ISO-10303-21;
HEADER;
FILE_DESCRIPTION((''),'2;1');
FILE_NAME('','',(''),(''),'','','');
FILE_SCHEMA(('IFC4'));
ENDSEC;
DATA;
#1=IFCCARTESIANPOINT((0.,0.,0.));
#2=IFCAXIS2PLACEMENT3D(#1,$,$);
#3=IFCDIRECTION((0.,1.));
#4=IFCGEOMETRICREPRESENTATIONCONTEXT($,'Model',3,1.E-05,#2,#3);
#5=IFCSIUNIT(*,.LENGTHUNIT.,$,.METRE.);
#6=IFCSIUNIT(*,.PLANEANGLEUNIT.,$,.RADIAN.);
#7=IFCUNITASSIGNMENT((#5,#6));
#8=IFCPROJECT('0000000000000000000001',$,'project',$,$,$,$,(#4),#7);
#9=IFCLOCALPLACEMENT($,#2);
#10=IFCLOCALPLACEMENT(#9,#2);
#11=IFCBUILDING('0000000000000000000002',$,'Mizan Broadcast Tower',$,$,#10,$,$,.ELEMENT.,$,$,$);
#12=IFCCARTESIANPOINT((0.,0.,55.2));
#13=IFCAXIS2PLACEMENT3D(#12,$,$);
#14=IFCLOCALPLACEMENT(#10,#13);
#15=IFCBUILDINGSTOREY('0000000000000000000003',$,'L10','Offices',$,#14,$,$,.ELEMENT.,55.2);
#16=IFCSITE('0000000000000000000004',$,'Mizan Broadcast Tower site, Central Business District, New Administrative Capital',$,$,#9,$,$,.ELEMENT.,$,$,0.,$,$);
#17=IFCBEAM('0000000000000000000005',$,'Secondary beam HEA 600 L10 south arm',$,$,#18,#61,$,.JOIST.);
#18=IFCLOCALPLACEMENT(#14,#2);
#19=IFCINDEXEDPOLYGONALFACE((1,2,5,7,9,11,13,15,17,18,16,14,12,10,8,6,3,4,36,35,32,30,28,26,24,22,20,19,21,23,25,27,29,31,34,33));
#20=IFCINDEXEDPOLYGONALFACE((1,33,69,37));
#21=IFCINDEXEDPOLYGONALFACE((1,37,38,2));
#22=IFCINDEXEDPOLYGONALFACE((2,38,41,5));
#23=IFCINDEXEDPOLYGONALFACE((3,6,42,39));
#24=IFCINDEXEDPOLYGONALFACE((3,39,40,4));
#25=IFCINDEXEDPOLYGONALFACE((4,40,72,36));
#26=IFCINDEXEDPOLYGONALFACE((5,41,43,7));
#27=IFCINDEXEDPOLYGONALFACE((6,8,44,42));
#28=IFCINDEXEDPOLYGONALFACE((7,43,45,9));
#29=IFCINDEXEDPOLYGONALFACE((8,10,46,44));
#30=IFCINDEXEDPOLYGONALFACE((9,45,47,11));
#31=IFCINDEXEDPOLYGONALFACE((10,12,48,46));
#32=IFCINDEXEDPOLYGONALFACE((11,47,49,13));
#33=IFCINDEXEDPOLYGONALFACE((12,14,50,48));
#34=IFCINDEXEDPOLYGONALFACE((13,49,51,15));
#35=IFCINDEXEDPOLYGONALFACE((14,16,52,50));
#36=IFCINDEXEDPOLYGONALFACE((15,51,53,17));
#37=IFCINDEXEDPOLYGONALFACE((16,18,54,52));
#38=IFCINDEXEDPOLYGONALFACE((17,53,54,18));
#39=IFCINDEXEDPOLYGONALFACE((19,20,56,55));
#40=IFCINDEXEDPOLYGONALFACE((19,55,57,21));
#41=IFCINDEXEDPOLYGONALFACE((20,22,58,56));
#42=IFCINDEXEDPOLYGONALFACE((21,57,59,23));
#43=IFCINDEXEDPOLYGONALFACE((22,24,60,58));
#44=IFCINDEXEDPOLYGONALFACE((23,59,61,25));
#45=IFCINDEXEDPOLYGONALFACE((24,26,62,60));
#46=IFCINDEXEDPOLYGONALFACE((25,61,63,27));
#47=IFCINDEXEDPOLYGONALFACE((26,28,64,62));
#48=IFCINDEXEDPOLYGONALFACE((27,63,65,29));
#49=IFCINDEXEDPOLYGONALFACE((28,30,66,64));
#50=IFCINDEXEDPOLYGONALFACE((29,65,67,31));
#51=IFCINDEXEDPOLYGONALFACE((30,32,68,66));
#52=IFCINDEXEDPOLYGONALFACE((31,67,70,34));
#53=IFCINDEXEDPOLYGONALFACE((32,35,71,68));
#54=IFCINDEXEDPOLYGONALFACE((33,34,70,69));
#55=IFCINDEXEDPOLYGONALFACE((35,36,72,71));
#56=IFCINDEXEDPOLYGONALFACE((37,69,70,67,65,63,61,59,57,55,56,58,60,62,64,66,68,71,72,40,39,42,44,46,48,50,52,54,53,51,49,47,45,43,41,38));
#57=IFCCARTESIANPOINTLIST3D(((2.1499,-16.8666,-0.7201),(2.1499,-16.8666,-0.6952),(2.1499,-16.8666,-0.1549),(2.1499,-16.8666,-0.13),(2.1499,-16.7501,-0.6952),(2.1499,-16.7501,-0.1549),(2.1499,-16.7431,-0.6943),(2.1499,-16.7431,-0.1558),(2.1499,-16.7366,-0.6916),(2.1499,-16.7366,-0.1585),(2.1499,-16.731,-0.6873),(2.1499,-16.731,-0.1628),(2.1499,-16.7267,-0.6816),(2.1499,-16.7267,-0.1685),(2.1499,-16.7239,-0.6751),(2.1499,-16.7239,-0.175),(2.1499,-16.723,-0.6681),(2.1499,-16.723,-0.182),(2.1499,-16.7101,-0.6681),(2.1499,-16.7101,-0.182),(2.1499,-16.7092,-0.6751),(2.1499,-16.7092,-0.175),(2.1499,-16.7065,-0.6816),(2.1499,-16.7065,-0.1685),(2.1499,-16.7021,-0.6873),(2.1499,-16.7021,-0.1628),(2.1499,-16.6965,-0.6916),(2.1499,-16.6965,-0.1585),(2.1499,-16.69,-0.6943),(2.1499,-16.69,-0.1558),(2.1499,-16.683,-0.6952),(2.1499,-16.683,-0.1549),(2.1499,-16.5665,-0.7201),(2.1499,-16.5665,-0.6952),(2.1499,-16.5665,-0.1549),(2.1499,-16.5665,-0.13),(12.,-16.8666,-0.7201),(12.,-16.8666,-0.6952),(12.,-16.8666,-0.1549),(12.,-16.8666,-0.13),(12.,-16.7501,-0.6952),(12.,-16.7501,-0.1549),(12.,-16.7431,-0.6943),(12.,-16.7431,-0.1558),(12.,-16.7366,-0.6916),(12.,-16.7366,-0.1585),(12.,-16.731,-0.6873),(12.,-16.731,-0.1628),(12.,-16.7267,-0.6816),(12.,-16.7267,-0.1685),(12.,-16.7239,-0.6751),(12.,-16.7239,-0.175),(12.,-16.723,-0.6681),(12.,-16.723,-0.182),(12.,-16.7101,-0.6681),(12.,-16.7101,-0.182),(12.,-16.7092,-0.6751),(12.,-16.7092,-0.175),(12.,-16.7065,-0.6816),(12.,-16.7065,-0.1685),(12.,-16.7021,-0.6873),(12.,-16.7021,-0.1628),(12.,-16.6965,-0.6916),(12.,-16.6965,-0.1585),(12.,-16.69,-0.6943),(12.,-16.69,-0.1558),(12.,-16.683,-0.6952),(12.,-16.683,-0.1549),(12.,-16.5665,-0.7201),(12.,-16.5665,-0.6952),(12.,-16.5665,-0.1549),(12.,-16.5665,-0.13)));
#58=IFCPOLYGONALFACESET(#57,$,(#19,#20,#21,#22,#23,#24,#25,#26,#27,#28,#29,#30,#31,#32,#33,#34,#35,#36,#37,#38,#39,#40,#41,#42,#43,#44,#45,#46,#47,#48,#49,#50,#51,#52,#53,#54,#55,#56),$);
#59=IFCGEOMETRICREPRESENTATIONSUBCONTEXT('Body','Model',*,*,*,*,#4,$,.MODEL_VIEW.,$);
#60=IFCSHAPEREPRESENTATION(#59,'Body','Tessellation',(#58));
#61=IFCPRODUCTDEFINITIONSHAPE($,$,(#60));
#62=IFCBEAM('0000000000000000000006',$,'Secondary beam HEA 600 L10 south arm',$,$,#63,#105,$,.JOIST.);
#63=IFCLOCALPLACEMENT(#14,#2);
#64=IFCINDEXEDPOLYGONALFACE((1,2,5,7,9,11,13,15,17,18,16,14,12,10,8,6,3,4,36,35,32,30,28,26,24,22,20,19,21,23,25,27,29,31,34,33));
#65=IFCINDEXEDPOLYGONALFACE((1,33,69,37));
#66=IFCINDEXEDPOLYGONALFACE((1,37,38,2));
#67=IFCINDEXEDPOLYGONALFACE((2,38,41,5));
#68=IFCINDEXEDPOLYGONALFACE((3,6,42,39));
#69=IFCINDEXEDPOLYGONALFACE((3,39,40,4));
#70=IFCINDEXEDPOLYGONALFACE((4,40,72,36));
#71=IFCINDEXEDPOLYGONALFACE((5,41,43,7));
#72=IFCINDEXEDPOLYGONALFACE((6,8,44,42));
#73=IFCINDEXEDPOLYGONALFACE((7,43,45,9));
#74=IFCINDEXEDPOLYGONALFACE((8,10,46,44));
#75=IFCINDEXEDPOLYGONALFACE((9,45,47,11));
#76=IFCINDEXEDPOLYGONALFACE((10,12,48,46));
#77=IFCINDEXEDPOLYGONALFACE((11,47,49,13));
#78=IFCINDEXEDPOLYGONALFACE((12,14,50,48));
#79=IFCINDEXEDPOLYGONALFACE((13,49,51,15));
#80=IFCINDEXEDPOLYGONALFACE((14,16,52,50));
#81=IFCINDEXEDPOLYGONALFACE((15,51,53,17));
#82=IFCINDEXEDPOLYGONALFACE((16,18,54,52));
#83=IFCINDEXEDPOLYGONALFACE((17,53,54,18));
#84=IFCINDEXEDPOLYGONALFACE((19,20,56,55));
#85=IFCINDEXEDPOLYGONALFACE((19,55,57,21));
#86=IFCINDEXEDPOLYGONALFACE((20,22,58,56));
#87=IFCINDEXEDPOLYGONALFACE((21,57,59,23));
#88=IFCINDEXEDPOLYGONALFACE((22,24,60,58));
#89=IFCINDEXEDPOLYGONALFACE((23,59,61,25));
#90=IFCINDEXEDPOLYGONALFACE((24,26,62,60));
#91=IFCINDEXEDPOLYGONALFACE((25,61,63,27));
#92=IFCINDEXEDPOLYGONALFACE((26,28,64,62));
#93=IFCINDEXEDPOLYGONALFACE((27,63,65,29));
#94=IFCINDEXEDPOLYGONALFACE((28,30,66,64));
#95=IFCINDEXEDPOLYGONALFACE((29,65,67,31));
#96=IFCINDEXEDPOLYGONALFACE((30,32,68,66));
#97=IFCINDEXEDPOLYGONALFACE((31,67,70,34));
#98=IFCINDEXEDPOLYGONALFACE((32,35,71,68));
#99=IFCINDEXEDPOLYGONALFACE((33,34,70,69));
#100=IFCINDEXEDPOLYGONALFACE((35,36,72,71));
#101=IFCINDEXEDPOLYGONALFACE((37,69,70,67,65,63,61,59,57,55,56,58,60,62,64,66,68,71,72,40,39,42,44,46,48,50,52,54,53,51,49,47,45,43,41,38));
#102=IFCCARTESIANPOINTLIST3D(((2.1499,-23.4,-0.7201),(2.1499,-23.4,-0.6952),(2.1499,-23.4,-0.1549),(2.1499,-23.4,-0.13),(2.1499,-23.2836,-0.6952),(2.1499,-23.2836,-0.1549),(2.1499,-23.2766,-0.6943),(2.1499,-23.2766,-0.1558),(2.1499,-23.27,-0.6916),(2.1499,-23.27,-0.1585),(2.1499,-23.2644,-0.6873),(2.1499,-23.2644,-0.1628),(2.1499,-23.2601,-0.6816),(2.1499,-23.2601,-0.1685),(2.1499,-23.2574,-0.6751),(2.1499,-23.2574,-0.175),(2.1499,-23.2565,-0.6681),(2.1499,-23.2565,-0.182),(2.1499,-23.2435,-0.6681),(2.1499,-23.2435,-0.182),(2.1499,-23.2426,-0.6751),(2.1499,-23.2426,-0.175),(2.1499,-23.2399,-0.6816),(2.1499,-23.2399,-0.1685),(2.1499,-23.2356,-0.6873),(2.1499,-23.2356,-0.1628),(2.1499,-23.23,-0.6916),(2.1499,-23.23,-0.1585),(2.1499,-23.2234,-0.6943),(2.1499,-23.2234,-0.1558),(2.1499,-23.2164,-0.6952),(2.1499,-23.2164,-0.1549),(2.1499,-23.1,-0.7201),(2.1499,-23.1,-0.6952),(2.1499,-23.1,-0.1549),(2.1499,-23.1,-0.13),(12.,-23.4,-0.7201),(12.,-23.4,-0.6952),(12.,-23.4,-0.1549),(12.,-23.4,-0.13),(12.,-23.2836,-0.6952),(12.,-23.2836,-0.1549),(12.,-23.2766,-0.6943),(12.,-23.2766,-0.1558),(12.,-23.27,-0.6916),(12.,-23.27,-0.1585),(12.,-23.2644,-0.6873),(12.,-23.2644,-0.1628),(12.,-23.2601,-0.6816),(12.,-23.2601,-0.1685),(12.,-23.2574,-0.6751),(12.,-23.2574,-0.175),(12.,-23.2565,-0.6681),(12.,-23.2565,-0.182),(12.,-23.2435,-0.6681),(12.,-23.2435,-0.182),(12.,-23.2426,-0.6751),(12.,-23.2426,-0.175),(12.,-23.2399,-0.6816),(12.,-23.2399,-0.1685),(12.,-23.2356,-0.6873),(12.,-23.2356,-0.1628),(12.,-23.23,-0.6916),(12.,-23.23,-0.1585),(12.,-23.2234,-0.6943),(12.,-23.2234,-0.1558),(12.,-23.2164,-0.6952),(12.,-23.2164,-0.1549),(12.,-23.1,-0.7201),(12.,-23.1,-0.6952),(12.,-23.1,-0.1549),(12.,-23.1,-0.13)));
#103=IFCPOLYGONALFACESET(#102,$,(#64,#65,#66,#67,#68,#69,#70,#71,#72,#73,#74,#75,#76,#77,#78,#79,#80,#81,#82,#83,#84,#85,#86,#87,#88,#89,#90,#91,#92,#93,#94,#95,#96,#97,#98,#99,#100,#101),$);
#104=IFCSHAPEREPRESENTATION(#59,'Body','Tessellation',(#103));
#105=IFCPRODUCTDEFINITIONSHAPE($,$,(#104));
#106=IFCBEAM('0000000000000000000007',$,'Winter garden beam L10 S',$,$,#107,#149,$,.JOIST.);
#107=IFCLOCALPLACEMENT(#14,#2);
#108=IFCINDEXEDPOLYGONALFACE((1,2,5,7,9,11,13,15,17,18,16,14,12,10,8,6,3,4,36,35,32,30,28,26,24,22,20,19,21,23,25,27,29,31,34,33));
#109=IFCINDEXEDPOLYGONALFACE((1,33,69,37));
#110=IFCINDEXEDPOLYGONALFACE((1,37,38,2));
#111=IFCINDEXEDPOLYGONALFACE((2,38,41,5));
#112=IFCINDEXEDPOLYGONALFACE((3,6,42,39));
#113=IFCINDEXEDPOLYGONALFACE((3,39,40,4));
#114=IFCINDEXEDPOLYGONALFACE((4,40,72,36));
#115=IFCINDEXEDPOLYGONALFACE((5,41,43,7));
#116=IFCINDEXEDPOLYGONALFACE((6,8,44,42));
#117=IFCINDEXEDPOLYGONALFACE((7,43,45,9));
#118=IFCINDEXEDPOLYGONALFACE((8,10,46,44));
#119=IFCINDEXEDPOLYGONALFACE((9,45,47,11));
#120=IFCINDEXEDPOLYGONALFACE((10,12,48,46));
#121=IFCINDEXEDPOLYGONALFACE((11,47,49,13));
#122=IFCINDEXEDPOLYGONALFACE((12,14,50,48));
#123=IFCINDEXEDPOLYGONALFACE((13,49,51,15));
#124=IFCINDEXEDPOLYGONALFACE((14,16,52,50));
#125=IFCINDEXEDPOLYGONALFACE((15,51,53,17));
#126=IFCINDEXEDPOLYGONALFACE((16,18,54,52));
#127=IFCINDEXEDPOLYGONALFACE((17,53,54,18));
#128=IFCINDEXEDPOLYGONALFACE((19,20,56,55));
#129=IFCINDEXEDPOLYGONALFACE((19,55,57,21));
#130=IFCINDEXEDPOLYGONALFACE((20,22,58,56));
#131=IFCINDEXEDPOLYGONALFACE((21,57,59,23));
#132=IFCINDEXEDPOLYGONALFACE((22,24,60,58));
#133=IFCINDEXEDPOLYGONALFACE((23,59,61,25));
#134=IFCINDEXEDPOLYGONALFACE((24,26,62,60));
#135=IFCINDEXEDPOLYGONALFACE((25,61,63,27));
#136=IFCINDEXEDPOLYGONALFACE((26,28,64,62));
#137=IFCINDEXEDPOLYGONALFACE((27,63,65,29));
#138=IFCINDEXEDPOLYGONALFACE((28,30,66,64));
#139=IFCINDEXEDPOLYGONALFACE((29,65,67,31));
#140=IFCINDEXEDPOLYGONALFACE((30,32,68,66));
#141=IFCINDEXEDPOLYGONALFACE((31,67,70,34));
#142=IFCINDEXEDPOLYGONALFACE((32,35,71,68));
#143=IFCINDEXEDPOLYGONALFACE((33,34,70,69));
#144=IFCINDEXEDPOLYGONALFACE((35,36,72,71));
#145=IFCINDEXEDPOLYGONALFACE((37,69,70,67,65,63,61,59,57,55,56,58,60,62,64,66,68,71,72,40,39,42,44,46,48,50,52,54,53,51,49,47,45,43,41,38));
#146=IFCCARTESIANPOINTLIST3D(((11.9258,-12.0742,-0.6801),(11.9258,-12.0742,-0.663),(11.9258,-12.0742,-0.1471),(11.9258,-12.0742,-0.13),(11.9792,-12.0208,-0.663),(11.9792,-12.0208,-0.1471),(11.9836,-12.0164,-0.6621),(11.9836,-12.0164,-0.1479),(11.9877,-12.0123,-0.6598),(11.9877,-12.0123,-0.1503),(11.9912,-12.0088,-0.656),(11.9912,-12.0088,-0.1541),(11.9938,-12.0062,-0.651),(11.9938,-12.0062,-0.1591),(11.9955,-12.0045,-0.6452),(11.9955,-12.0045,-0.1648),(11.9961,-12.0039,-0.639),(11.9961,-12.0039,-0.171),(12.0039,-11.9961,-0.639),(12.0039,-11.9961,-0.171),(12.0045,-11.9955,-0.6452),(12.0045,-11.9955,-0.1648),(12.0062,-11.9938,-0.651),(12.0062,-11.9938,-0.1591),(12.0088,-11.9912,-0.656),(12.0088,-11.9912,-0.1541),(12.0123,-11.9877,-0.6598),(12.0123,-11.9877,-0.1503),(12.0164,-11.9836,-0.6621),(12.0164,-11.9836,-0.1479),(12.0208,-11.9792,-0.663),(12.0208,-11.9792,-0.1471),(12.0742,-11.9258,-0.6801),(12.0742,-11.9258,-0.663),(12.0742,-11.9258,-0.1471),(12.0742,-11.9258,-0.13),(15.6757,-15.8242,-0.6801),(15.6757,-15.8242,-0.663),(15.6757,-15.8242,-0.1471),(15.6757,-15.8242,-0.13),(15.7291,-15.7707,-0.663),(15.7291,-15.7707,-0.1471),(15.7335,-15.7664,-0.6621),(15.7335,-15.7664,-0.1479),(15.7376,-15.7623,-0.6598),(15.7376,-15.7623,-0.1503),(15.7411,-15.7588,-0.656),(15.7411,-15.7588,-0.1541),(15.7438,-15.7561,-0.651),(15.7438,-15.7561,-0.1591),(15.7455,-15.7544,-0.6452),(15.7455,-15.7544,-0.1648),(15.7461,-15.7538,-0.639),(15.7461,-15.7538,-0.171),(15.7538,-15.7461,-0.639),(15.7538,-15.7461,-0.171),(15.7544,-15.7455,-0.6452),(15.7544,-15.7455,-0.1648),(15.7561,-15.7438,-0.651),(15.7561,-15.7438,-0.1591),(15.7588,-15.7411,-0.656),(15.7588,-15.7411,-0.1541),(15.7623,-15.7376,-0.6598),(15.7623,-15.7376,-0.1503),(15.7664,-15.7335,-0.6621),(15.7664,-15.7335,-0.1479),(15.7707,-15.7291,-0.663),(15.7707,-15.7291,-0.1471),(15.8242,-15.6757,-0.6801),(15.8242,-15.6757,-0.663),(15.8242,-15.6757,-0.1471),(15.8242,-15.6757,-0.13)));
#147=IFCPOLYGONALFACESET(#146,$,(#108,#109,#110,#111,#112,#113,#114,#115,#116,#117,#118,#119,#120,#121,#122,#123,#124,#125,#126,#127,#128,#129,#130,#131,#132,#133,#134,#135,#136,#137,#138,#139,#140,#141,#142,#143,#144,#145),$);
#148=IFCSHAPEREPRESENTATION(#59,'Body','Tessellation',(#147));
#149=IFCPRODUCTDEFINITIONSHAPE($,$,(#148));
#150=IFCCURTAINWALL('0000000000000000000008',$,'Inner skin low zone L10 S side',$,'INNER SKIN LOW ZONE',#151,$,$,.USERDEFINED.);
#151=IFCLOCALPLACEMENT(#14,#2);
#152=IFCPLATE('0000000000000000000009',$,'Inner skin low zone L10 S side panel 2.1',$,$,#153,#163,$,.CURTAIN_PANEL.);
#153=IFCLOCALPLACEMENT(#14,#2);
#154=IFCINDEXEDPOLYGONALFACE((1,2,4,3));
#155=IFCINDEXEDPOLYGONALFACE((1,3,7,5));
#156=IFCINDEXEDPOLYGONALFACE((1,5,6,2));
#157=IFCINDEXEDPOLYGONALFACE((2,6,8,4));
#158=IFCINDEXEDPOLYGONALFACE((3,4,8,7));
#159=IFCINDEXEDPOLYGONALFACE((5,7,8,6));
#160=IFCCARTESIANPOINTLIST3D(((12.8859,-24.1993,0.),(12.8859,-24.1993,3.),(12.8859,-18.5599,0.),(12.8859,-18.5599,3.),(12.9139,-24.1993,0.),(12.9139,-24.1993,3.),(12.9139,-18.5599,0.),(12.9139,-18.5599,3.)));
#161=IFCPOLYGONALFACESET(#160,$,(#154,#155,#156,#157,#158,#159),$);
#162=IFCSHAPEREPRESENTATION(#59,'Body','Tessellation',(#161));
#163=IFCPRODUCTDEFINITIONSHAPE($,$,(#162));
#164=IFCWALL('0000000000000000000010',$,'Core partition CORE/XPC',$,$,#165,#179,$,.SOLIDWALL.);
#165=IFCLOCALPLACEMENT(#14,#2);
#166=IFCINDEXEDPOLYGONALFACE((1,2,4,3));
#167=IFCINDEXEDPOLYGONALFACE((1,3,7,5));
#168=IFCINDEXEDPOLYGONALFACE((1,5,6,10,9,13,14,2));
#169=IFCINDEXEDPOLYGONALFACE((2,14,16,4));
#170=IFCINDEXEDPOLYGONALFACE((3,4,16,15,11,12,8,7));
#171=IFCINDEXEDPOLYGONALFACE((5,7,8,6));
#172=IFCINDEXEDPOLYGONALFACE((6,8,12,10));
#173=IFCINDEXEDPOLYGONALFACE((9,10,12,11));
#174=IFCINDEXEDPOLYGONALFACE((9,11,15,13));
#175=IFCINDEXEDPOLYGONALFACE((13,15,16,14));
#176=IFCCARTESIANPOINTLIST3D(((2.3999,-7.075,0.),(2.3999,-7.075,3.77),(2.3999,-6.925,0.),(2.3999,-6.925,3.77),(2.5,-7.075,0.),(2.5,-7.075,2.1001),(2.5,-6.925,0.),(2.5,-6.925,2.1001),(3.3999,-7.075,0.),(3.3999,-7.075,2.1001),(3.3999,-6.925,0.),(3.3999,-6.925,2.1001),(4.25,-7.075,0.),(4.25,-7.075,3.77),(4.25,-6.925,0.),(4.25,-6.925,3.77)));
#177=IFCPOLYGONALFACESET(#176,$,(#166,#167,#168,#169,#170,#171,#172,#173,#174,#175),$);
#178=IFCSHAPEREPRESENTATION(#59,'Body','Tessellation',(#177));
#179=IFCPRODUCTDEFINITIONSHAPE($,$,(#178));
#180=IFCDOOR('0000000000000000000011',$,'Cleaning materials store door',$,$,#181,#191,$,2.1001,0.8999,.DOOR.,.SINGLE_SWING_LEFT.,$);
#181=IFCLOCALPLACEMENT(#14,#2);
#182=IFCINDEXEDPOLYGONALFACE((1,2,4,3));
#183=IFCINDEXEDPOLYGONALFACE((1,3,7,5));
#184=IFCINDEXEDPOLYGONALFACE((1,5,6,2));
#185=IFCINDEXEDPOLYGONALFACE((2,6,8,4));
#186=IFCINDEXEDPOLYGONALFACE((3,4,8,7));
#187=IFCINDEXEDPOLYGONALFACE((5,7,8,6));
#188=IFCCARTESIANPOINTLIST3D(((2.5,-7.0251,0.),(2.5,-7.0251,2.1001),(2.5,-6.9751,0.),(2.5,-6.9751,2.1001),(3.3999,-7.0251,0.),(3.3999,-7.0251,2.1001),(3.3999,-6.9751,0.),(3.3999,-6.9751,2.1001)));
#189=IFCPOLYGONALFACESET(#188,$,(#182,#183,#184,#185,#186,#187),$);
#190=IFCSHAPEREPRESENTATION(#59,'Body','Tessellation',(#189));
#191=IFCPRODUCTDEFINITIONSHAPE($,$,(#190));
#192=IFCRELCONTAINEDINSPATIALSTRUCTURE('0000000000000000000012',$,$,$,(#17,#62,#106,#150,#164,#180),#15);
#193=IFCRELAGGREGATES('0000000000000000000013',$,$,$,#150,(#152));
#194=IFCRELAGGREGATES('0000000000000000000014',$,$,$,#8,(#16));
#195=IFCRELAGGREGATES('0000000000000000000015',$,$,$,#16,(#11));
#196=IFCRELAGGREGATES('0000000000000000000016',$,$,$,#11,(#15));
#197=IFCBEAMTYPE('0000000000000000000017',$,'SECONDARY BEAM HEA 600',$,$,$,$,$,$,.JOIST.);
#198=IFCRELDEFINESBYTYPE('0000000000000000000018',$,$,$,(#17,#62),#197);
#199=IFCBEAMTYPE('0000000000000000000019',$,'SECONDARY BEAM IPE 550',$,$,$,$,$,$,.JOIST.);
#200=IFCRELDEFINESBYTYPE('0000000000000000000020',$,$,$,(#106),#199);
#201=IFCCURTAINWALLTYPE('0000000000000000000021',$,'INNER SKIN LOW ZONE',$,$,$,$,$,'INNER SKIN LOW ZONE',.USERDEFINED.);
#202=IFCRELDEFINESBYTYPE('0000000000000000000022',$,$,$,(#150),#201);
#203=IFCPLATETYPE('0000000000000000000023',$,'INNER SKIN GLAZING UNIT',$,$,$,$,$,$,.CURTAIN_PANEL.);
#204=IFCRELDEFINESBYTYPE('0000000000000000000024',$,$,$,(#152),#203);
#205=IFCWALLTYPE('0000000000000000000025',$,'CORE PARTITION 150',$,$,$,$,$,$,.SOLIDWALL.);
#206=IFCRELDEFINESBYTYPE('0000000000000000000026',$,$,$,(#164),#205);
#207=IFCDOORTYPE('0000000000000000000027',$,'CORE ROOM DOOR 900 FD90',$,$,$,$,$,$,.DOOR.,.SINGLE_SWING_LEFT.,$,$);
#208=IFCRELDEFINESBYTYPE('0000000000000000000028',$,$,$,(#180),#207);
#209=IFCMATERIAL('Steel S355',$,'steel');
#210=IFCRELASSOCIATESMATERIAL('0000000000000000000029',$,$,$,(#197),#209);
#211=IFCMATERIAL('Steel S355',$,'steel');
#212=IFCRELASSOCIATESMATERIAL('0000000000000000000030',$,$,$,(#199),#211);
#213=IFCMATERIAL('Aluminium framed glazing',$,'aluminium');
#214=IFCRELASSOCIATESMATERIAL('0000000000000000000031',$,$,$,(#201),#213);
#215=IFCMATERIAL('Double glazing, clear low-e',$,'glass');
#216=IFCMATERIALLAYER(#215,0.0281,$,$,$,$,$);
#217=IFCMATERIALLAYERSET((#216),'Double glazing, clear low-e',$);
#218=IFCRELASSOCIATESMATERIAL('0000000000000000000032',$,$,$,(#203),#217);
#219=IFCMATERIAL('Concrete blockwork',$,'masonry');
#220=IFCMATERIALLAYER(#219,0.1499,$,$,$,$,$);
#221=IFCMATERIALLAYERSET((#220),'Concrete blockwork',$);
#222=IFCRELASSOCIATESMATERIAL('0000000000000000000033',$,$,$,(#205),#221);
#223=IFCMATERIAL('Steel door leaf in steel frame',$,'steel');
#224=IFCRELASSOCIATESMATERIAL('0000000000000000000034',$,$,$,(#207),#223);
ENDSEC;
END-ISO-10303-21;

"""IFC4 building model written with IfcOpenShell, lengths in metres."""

from ifc_helpers import new_model, si_unit, direction, frame, frame_2d, origin, origin_2d, place, context, subcontext, project, spatial, rectangle, i_section, extrude, material, layer, layer_set, material_profile, profile_set, type_object, element, fill, aggregate, save


model = new_model("IFC4")

# Units and contexts
model_context = context("Model", 3, precision=1e-05, world=origin(), true_north=direction((0.0, 1.0)))
body_context = subcontext(model_context, "Body", "Model", "MODEL_VIEW")
ifc_project = project(units=[si_unit("LENGTHUNIT", "METRE"), si_unit("PLANEANGLEUNIT", "RADIAN")], contexts=[model_context])

# Site, building, storey
site_placement = place(None, origin())
site = spatial("IfcSite", under=ifc_project, at=site_placement, Name="Mizan Broadcast Tower site, Central Business District, New Administrative Capital", CompositionType="ELEMENT", RefElevation=0.0)
building_placement = place(site_placement, origin())
building = spatial("IfcBuilding", under=site, at=building_placement, Name="Mizan Broadcast Tower", CompositionType="ELEMENT")
storey_placement = place(building_placement, frame((0.0, 0.0, 55.2)))
storey = spatial("IfcBuildingStorey", under=building, at=storey_placement, Name="L10", Description="Offices", CompositionType="ELEMENT", Elevation=55.2)

# Beams
ifc_material_1 = material(Name="Steel S355", Category="steel")
ifc_material_profile_1 = material_profile(ifc_material_1, i_section(OverallWidth=0.3, OverallDepth=0.5901, WebThickness=0.0129, FlangeThickness=0.0249, FilletRadius=0.0271, at=origin_2d()), Name="HEA 600")
ifc_profile_set_1 = profile_set([ifc_material_profile_1], Name="Steel S355")
beam_type_1 = type_object("IfcBeamType", Name="SECONDARY BEAM HEA 600", PredefinedType="JOIST", material=ifc_profile_set_1)
for number, where, z_axis, x_axis, name in (
    (1, (12.0, -16.7166, -0.425), (-1.0, 0.0, 0.0), (0.0, -1.0, 0.0), "Secondary beam HEA 600 L10 south arm"),
    (2, (12.0, -23.25, -0.425), (-1.0, 0.0, 0.0), (0.0, -1.0, 0.0), "Secondary beam HEA 600 L10 south arm"),
):
    element("IfcBeam", number, at=place(storey_placement, frame(where, z_axis=z_axis, x_axis=x_axis)), inside=storey, type_object=beam_type_1, Name=name, PredefinedType="JOIST", context=body_context, shape_type="SweptSolid", body=[
        extrude(i_section(OverallWidth=0.3, OverallDepth=0.5901, WebThickness=0.0129, FlangeThickness=0.0249, FilletRadius=0.0271, at=origin_2d()), origin(), (0.0, 0.0, 1.0), 9.8501),
    ])
ifc_material_2 = material(Name="Steel S355", Category="steel")
ifc_material_profile_2 = material_profile(ifc_material_2, i_section(OverallWidth=0.21, OverallDepth=0.55, WebThickness=0.011, FlangeThickness=0.0171, FilletRadius=0.0239, at=origin_2d()), Name="IPE 550")
ifc_profile_set_2 = profile_set([ifc_material_profile_2], Name="Steel S355")
beam_type_2 = type_object("IfcBeamType", Name="SECONDARY BEAM IPE 550", PredefinedType="JOIST", material=ifc_profile_set_2)
beam_1_placement = place(storey_placement, frame((12.0, -12.0, -0.405), z_axis=(0.707107, -0.707107, 0.0), x_axis=(0.707107, 0.707107, 0.0)))
element("IfcBeam", 3, at=beam_1_placement, inside=storey, type_object=beam_type_2, Name="Winter garden beam L10 S", PredefinedType="JOIST", context=body_context, shape_type="SweptSolid", body=[
    extrude(i_section(OverallWidth=0.21, OverallDepth=0.55, WebThickness=0.011, FlangeThickness=0.0171, FilletRadius=0.0239, at=origin_2d()), origin(), (0.0, 0.0, 1.0), 5.3032),
])

# Curtain wall, plate
ifc_material_3 = material(Name="Aluminium framed glazing", Category="aluminium")
curtain_wall_type = type_object("IfcCurtainWallType", Name="INNER SKIN LOW ZONE", ElementType="INNER SKIN LOW ZONE", PredefinedType="USERDEFINED", material=ifc_material_3)
curtain_wall_placement = place(storey_placement, origin())
curtain_wall = element("IfcCurtainWall", 4, at=curtain_wall_placement, inside=storey, type_object=curtain_wall_type, Name="Inner skin low zone L10 S side", ObjectType="INNER SKIN LOW ZONE", PredefinedType="USERDEFINED")
ifc_material_4 = material(Name="Double glazing, clear low-e", Category="glass")
ifc_layer_1 = layer(ifc_material_4, 0.0281)
ifc_layer_set_1 = layer_set([ifc_layer_1], Name="Double glazing, clear low-e")
plate_type = type_object("IfcPlateType", Name="INNER SKIN GLAZING UNIT", PredefinedType="CURTAIN_PANEL", material=ifc_layer_set_1)
plate_placement = place(storey_placement, frame((12.8999, -21.3796, 0.0), z_axis=(0.0, 0.0, 1.0), x_axis=(0.0, 1.0, 0.0)))
plate = element("IfcPlate", 5, at=plate_placement, type_object=plate_type, Name="Inner skin low zone L10 S side panel 2.1", PredefinedType="CURTAIN_PANEL", context=body_context, shape_type="SweptSolid", body=[
    extrude(rectangle(XDim=5.6394, YDim=0.0281, at=origin_2d()), origin(), (0.0, 0.0, 1.0), 3.0),
])
aggregate(curtain_wall, [plate])

# Wall, opening, door
ifc_material_5 = material(Name="Concrete blockwork", Category="masonry")
ifc_layer_2 = layer(ifc_material_5, 0.1499)
ifc_layer_set_2 = layer_set([ifc_layer_2], Name="Concrete blockwork")
wall_type_1 = type_object("IfcWallType", Name="CORE PARTITION 150", PredefinedType="SOLIDWALL", material=ifc_layer_set_2)
wall_1_placement = place(storey_placement, frame((2.3999, -7.0, 0.0), z_axis=(0.0, 0.0, 1.0), x_axis=(1.0, 0.0, 0.0)))
wall_1 = element("IfcWall", 6, at=wall_1_placement, inside=storey, type_object=wall_type_1, Name="Core partition CORE/XPC", PredefinedType="SOLIDWALL", context=body_context, shape_type="SweptSolid", body=[
    extrude(rectangle(XDim=1.8501, YDim=0.1499, at=frame_2d((0.925, 0.0))), origin(), (0.0, 0.0, 1.0), 3.77),
])
opening_1_placement = place(wall_1_placement, frame((0.1001, 0.0, 0.0)))
opening_1 = element("IfcOpeningElement", 7, at=opening_1_placement, cuts=wall_1, PredefinedType="OPENING", context=body_context, shape_type="SweptSolid", body=[
    extrude(rectangle(XDim=0.8999, YDim=2.1001, at=frame_2d((0.45, 1.05))), frame((0.0, 0.085, 0.0), z_axis=(0.0, -1.0, 0.0), x_axis=(1.0, 0.0, 0.0)), (0.0, 0.0, 1.0), 0.1699),
])
ifc_material_6 = material(Name="Steel door leaf in steel frame", Category="steel")
door_type_1 = type_object("IfcDoorType", Name="CORE ROOM DOOR 900 FD90", OperationType="SINGLE_SWING_LEFT", PredefinedType="DOOR", material=ifc_material_6)
door_1_placement = place(opening_1_placement, origin())
door_1 = element("IfcDoor", 8, at=door_1_placement, inside=storey, type_object=door_type_1, Name="Cleaning materials store door", OperationType="SINGLE_SWING_LEFT", OverallHeight=2.1001, OverallWidth=0.8999, PredefinedType="DOOR", context=body_context, shape_type="SweptSolid", body=[
    extrude(rectangle(XDim=0.8999, YDim=2.1001, at=frame_2d((0.45, 1.05))), frame((0.0, 0.0249, 0.0), z_axis=(0.0, -1.0, 0.0), x_axis=(1.0, 0.0, 0.0)), (0.0, 0.0, 1.0), 0.05),
])
fill(opening_1, door_1)

save(model, "model.ifc")
